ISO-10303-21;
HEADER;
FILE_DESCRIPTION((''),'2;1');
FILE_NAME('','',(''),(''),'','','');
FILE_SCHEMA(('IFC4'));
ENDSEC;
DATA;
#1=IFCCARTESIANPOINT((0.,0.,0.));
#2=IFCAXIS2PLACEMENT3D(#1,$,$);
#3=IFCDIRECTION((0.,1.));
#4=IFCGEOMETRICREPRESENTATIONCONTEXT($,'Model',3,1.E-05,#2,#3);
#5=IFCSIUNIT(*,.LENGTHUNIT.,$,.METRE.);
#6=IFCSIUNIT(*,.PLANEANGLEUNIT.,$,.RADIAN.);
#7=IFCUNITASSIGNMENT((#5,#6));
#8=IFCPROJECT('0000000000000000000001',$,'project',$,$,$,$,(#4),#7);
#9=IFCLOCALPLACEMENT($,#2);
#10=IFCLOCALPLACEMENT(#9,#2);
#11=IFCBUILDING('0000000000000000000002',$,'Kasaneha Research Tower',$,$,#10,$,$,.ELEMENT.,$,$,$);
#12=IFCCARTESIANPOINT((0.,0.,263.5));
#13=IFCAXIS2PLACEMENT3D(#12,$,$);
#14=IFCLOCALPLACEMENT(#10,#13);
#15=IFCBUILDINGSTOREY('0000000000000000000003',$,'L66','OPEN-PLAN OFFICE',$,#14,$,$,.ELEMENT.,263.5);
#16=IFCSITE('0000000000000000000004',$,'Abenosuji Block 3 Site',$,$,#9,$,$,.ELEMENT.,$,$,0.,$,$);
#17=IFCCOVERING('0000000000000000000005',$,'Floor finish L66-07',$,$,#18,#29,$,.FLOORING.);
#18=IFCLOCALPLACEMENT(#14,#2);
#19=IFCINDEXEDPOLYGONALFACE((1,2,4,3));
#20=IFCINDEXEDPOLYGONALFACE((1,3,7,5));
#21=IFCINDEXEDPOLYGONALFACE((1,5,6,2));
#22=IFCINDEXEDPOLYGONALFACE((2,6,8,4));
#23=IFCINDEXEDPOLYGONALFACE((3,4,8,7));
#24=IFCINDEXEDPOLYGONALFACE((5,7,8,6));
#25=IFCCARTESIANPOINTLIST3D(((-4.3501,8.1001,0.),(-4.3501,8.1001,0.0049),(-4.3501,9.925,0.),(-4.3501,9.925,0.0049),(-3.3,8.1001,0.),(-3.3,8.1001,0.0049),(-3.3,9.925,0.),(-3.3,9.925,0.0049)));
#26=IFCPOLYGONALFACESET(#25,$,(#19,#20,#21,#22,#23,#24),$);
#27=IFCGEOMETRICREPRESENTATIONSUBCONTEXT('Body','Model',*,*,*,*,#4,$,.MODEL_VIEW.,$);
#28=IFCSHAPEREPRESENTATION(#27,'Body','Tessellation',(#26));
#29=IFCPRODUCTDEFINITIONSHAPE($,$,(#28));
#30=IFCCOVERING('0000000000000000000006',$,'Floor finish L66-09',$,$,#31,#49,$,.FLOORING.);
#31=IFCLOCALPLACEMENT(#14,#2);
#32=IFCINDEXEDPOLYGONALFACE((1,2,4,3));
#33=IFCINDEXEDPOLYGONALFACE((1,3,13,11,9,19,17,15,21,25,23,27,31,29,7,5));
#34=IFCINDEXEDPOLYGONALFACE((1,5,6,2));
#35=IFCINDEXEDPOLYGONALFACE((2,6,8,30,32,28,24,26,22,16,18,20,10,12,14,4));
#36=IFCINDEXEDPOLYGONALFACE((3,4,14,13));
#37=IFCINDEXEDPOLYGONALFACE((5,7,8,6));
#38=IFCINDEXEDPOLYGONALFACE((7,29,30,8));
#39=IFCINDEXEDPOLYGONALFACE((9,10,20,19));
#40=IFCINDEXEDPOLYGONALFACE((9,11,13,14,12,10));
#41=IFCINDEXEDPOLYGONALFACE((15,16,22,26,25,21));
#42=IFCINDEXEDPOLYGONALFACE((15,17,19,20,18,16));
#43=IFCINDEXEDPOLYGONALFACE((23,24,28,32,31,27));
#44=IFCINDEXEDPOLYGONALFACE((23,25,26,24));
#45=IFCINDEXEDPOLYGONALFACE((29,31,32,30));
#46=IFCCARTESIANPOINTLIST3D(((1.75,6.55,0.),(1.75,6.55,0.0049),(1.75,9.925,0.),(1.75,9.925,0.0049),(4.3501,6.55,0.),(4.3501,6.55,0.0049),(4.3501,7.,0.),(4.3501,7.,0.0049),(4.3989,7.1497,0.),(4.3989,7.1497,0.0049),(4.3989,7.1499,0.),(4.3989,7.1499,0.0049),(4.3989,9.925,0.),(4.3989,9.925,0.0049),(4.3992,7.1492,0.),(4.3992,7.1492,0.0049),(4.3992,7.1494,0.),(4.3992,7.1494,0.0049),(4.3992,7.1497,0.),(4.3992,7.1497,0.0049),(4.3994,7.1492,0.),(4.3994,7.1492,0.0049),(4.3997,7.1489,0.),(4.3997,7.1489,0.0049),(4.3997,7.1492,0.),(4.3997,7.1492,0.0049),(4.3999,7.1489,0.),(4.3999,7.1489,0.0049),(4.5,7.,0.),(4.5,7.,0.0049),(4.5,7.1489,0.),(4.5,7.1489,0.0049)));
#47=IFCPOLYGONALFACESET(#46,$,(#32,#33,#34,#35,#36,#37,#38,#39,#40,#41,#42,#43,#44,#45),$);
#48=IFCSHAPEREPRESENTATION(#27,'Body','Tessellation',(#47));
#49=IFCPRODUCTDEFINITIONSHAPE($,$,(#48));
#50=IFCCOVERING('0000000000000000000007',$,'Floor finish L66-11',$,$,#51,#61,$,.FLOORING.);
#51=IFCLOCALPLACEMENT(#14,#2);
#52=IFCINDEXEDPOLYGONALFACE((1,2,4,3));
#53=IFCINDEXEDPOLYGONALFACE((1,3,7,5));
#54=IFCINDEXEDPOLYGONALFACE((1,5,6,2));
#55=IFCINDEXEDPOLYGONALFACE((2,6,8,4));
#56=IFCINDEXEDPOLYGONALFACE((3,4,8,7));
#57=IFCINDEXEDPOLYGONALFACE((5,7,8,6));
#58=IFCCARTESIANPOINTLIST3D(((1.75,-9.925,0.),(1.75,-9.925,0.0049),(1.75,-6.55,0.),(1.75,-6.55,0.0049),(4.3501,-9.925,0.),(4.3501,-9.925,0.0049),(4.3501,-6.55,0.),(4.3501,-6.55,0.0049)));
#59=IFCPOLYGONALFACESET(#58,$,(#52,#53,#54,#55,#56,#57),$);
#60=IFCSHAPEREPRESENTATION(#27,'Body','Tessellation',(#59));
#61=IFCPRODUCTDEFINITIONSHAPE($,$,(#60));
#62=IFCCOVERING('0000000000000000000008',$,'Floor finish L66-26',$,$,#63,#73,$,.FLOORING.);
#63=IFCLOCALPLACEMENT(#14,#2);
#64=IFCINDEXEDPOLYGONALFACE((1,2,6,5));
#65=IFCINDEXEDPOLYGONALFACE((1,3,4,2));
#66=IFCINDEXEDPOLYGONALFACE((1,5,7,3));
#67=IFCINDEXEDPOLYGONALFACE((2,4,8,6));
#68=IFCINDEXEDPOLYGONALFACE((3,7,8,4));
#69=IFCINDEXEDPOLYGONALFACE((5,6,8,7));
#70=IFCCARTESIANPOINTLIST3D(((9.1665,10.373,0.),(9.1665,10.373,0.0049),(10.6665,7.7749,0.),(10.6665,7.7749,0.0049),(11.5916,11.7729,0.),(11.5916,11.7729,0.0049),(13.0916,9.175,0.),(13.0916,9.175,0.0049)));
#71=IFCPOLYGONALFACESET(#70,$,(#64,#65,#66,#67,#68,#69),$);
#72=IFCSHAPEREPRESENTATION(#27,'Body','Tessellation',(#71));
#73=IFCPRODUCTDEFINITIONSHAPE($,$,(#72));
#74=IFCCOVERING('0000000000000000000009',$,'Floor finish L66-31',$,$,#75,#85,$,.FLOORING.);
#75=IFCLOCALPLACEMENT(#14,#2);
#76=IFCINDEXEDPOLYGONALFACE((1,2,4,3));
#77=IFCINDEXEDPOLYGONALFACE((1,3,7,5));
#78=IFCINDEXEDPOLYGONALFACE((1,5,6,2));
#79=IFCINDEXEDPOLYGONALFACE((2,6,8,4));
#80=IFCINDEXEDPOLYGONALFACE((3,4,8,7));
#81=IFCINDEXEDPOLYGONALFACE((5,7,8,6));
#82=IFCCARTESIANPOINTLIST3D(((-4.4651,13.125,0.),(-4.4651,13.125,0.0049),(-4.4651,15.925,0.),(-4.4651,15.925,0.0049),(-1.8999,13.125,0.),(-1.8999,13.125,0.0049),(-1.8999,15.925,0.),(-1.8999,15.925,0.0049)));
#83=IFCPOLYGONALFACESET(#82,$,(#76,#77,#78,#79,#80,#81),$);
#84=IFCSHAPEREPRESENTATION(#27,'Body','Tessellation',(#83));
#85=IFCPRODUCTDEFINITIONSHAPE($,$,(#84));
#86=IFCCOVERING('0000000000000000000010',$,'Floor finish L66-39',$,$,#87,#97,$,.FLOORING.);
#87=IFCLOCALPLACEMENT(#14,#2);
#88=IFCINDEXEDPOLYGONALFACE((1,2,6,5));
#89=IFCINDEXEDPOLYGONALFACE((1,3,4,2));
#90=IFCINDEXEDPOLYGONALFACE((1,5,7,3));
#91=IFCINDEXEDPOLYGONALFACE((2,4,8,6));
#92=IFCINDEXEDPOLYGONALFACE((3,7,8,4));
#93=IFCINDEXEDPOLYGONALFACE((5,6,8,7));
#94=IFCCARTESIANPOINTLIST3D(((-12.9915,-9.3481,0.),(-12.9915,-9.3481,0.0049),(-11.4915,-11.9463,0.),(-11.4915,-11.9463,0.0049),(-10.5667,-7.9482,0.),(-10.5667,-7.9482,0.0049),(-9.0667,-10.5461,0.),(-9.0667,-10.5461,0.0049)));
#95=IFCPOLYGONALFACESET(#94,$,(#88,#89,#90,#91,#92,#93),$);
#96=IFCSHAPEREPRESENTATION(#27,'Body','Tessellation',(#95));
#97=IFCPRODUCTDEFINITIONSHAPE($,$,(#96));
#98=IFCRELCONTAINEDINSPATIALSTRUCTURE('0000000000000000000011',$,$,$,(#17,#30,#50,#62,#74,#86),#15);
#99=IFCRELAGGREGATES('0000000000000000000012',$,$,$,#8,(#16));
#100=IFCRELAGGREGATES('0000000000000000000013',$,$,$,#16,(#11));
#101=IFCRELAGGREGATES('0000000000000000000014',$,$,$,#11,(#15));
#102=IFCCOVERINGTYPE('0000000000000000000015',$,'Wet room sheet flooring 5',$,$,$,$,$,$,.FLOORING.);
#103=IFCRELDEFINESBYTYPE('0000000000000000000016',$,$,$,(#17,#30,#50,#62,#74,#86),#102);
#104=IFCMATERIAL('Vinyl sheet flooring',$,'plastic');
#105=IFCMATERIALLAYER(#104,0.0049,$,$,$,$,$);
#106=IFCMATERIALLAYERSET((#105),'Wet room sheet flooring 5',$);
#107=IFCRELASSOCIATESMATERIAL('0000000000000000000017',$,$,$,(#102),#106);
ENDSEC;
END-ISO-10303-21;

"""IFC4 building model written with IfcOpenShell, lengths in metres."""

from ifc_helpers import new_model, si_unit, direction, frame, origin, place, context, subcontext, project, spatial, polyline, outline, extrude, material, layer, layer_set, type_object, element, save


model = new_model("IFC4")

# Units and contexts
model_context = context("Model", 3, precision=1e-05, world=origin(), true_north=direction((0.0, 1.0)))
body_context = subcontext(model_context, "Body", "Model", "MODEL_VIEW")
ifc_project = project(units=[si_unit("LENGTHUNIT", "METRE"), si_unit("PLANEANGLEUNIT", "RADIAN")], contexts=[model_context])

# Site, building, storey
site_placement = place(None, origin())
site = spatial("IfcSite", under=ifc_project, at=site_placement, Name="Abenosuji Block 3 Site", CompositionType="ELEMENT", RefElevation=0.0)
building_placement = place(site_placement, origin())
building = spatial("IfcBuilding", under=site, at=building_placement, Name="Kasaneha Research Tower", CompositionType="ELEMENT")
storey_placement = place(building_placement, frame((0.0, 0.0, 263.5)))
storey = spatial("IfcBuildingStorey", under=building, at=storey_placement, Name="L66", Description="OPEN-PLAN OFFICE", CompositionType="ELEMENT", Elevation=263.5)

# Coverings
ifc_material_1 = material(Name="Vinyl sheet flooring", Category="plastic")
ifc_layer_1 = layer(ifc_material_1, 0.0049)
ifc_layer_set_1 = layer_set([ifc_layer_1], Name="Wet room sheet flooring 5")
covering_type_1 = type_object("IfcCoveringType", Name="Wet room sheet flooring 5", PredefinedType="FLOORING", material=ifc_layer_set_1)
covering_1_placement = place(storey_placement, origin())
element("IfcCovering", 1, at=covering_1_placement, inside=storey, type_object=covering_type_1, Name="Floor finish L66-07", PredefinedType="FLOORING", context=body_context, shape_type="SweptSolid", body=[
    extrude(outline(polyline([(-4.3501, 8.1001), (-4.3501, 9.925), (-3.3, 9.925), (-3.3, 8.1001), (-4.3501, 8.1001)])), origin(), (0.0, 0.0, 1.0), 0.0049),
])
covering_2_placement = place(storey_placement, origin())
element("IfcCovering", 2, at=covering_2_placement, inside=storey, type_object=covering_type_1, Name="Floor finish L66-09", PredefinedType="FLOORING", context=body_context, shape_type="SweptSolid", body=[
    extrude(outline(polyline([(4.3989, 9.925), (4.3989, 7.1499), (4.3989, 7.1499), (4.3989, 7.1499), (4.3989, 7.1497), (4.3992, 7.1497), (4.3992, 7.1494), (4.3992, 7.1494), (4.3992, 7.1494), (4.3992, 7.1492), (4.3994, 7.1492), (4.3994, 7.1492), (4.3994, 7.1492), (4.3997, 7.1492), (4.3997, 7.1489), (4.3999, 7.1489), (4.3999, 7.1489), (4.3999, 7.1489), (4.5, 7.1489), (4.5, 7.0), (4.3501, 7.0), (4.3501, 6.55), (1.75, 6.55), (1.75, 9.925), (4.3989, 9.925)])), origin(), (0.0, 0.0, 1.0), 0.0049),
])
covering_3_placement = place(storey_placement, origin())
element("IfcCovering", 3, at=covering_3_placement, inside=storey, type_object=covering_type_1, Name="Floor finish L66-11", PredefinedType="FLOORING", context=body_context, shape_type="SweptSolid", body=[
    extrude(outline(polyline([(1.75, -9.925), (1.75, -6.55), (4.3501, -6.55), (4.3501, -9.925), (1.75, -9.925)])), origin(), (0.0, 0.0, 1.0), 0.0049),
])
covering_4_placement = place(storey_placement, origin())
element("IfcCovering", 4, at=covering_4_placement, inside=storey, type_object=covering_type_1, Name="Floor finish L66-26", PredefinedType="FLOORING", context=body_context, shape_type="SweptSolid", body=[
    extrude(outline(polyline([(11.5916, 11.7729), (13.0916, 9.175), (10.6665, 7.7749), (9.1665, 10.373), (11.5916, 11.7729)])), origin(), (0.0, 0.0, 1.0), 0.0049),
])
covering_5_placement = place(storey_placement, origin())
element("IfcCovering", 5, at=covering_5_placement, inside=storey, type_object=covering_type_1, Name="Floor finish L66-31", PredefinedType="FLOORING", context=body_context, shape_type="SweptSolid", body=[
    extrude(outline(polyline([(-4.4651, 15.925), (-1.8999, 15.925), (-1.8999, 13.125), (-4.4651, 13.125), (-4.4651, 15.925)])), origin(), (0.0, 0.0, 1.0), 0.0049),
])
covering_6_placement = place(storey_placement, origin())
element("IfcCovering", 6, at=covering_6_placement, inside=storey, type_object=covering_type_1, Name="Floor finish L66-39", PredefinedType="FLOORING", context=body_context, shape_type="SweptSolid", body=[
    extrude(outline(polyline([(-11.4915, -11.9463), (-12.9915, -9.3481), (-10.5667, -7.9482), (-9.0667, -10.5461), (-11.4915, -11.9463)])), origin(), (0.0, 0.0, 1.0), 0.0049),
])

save(model, "model.ifc")
